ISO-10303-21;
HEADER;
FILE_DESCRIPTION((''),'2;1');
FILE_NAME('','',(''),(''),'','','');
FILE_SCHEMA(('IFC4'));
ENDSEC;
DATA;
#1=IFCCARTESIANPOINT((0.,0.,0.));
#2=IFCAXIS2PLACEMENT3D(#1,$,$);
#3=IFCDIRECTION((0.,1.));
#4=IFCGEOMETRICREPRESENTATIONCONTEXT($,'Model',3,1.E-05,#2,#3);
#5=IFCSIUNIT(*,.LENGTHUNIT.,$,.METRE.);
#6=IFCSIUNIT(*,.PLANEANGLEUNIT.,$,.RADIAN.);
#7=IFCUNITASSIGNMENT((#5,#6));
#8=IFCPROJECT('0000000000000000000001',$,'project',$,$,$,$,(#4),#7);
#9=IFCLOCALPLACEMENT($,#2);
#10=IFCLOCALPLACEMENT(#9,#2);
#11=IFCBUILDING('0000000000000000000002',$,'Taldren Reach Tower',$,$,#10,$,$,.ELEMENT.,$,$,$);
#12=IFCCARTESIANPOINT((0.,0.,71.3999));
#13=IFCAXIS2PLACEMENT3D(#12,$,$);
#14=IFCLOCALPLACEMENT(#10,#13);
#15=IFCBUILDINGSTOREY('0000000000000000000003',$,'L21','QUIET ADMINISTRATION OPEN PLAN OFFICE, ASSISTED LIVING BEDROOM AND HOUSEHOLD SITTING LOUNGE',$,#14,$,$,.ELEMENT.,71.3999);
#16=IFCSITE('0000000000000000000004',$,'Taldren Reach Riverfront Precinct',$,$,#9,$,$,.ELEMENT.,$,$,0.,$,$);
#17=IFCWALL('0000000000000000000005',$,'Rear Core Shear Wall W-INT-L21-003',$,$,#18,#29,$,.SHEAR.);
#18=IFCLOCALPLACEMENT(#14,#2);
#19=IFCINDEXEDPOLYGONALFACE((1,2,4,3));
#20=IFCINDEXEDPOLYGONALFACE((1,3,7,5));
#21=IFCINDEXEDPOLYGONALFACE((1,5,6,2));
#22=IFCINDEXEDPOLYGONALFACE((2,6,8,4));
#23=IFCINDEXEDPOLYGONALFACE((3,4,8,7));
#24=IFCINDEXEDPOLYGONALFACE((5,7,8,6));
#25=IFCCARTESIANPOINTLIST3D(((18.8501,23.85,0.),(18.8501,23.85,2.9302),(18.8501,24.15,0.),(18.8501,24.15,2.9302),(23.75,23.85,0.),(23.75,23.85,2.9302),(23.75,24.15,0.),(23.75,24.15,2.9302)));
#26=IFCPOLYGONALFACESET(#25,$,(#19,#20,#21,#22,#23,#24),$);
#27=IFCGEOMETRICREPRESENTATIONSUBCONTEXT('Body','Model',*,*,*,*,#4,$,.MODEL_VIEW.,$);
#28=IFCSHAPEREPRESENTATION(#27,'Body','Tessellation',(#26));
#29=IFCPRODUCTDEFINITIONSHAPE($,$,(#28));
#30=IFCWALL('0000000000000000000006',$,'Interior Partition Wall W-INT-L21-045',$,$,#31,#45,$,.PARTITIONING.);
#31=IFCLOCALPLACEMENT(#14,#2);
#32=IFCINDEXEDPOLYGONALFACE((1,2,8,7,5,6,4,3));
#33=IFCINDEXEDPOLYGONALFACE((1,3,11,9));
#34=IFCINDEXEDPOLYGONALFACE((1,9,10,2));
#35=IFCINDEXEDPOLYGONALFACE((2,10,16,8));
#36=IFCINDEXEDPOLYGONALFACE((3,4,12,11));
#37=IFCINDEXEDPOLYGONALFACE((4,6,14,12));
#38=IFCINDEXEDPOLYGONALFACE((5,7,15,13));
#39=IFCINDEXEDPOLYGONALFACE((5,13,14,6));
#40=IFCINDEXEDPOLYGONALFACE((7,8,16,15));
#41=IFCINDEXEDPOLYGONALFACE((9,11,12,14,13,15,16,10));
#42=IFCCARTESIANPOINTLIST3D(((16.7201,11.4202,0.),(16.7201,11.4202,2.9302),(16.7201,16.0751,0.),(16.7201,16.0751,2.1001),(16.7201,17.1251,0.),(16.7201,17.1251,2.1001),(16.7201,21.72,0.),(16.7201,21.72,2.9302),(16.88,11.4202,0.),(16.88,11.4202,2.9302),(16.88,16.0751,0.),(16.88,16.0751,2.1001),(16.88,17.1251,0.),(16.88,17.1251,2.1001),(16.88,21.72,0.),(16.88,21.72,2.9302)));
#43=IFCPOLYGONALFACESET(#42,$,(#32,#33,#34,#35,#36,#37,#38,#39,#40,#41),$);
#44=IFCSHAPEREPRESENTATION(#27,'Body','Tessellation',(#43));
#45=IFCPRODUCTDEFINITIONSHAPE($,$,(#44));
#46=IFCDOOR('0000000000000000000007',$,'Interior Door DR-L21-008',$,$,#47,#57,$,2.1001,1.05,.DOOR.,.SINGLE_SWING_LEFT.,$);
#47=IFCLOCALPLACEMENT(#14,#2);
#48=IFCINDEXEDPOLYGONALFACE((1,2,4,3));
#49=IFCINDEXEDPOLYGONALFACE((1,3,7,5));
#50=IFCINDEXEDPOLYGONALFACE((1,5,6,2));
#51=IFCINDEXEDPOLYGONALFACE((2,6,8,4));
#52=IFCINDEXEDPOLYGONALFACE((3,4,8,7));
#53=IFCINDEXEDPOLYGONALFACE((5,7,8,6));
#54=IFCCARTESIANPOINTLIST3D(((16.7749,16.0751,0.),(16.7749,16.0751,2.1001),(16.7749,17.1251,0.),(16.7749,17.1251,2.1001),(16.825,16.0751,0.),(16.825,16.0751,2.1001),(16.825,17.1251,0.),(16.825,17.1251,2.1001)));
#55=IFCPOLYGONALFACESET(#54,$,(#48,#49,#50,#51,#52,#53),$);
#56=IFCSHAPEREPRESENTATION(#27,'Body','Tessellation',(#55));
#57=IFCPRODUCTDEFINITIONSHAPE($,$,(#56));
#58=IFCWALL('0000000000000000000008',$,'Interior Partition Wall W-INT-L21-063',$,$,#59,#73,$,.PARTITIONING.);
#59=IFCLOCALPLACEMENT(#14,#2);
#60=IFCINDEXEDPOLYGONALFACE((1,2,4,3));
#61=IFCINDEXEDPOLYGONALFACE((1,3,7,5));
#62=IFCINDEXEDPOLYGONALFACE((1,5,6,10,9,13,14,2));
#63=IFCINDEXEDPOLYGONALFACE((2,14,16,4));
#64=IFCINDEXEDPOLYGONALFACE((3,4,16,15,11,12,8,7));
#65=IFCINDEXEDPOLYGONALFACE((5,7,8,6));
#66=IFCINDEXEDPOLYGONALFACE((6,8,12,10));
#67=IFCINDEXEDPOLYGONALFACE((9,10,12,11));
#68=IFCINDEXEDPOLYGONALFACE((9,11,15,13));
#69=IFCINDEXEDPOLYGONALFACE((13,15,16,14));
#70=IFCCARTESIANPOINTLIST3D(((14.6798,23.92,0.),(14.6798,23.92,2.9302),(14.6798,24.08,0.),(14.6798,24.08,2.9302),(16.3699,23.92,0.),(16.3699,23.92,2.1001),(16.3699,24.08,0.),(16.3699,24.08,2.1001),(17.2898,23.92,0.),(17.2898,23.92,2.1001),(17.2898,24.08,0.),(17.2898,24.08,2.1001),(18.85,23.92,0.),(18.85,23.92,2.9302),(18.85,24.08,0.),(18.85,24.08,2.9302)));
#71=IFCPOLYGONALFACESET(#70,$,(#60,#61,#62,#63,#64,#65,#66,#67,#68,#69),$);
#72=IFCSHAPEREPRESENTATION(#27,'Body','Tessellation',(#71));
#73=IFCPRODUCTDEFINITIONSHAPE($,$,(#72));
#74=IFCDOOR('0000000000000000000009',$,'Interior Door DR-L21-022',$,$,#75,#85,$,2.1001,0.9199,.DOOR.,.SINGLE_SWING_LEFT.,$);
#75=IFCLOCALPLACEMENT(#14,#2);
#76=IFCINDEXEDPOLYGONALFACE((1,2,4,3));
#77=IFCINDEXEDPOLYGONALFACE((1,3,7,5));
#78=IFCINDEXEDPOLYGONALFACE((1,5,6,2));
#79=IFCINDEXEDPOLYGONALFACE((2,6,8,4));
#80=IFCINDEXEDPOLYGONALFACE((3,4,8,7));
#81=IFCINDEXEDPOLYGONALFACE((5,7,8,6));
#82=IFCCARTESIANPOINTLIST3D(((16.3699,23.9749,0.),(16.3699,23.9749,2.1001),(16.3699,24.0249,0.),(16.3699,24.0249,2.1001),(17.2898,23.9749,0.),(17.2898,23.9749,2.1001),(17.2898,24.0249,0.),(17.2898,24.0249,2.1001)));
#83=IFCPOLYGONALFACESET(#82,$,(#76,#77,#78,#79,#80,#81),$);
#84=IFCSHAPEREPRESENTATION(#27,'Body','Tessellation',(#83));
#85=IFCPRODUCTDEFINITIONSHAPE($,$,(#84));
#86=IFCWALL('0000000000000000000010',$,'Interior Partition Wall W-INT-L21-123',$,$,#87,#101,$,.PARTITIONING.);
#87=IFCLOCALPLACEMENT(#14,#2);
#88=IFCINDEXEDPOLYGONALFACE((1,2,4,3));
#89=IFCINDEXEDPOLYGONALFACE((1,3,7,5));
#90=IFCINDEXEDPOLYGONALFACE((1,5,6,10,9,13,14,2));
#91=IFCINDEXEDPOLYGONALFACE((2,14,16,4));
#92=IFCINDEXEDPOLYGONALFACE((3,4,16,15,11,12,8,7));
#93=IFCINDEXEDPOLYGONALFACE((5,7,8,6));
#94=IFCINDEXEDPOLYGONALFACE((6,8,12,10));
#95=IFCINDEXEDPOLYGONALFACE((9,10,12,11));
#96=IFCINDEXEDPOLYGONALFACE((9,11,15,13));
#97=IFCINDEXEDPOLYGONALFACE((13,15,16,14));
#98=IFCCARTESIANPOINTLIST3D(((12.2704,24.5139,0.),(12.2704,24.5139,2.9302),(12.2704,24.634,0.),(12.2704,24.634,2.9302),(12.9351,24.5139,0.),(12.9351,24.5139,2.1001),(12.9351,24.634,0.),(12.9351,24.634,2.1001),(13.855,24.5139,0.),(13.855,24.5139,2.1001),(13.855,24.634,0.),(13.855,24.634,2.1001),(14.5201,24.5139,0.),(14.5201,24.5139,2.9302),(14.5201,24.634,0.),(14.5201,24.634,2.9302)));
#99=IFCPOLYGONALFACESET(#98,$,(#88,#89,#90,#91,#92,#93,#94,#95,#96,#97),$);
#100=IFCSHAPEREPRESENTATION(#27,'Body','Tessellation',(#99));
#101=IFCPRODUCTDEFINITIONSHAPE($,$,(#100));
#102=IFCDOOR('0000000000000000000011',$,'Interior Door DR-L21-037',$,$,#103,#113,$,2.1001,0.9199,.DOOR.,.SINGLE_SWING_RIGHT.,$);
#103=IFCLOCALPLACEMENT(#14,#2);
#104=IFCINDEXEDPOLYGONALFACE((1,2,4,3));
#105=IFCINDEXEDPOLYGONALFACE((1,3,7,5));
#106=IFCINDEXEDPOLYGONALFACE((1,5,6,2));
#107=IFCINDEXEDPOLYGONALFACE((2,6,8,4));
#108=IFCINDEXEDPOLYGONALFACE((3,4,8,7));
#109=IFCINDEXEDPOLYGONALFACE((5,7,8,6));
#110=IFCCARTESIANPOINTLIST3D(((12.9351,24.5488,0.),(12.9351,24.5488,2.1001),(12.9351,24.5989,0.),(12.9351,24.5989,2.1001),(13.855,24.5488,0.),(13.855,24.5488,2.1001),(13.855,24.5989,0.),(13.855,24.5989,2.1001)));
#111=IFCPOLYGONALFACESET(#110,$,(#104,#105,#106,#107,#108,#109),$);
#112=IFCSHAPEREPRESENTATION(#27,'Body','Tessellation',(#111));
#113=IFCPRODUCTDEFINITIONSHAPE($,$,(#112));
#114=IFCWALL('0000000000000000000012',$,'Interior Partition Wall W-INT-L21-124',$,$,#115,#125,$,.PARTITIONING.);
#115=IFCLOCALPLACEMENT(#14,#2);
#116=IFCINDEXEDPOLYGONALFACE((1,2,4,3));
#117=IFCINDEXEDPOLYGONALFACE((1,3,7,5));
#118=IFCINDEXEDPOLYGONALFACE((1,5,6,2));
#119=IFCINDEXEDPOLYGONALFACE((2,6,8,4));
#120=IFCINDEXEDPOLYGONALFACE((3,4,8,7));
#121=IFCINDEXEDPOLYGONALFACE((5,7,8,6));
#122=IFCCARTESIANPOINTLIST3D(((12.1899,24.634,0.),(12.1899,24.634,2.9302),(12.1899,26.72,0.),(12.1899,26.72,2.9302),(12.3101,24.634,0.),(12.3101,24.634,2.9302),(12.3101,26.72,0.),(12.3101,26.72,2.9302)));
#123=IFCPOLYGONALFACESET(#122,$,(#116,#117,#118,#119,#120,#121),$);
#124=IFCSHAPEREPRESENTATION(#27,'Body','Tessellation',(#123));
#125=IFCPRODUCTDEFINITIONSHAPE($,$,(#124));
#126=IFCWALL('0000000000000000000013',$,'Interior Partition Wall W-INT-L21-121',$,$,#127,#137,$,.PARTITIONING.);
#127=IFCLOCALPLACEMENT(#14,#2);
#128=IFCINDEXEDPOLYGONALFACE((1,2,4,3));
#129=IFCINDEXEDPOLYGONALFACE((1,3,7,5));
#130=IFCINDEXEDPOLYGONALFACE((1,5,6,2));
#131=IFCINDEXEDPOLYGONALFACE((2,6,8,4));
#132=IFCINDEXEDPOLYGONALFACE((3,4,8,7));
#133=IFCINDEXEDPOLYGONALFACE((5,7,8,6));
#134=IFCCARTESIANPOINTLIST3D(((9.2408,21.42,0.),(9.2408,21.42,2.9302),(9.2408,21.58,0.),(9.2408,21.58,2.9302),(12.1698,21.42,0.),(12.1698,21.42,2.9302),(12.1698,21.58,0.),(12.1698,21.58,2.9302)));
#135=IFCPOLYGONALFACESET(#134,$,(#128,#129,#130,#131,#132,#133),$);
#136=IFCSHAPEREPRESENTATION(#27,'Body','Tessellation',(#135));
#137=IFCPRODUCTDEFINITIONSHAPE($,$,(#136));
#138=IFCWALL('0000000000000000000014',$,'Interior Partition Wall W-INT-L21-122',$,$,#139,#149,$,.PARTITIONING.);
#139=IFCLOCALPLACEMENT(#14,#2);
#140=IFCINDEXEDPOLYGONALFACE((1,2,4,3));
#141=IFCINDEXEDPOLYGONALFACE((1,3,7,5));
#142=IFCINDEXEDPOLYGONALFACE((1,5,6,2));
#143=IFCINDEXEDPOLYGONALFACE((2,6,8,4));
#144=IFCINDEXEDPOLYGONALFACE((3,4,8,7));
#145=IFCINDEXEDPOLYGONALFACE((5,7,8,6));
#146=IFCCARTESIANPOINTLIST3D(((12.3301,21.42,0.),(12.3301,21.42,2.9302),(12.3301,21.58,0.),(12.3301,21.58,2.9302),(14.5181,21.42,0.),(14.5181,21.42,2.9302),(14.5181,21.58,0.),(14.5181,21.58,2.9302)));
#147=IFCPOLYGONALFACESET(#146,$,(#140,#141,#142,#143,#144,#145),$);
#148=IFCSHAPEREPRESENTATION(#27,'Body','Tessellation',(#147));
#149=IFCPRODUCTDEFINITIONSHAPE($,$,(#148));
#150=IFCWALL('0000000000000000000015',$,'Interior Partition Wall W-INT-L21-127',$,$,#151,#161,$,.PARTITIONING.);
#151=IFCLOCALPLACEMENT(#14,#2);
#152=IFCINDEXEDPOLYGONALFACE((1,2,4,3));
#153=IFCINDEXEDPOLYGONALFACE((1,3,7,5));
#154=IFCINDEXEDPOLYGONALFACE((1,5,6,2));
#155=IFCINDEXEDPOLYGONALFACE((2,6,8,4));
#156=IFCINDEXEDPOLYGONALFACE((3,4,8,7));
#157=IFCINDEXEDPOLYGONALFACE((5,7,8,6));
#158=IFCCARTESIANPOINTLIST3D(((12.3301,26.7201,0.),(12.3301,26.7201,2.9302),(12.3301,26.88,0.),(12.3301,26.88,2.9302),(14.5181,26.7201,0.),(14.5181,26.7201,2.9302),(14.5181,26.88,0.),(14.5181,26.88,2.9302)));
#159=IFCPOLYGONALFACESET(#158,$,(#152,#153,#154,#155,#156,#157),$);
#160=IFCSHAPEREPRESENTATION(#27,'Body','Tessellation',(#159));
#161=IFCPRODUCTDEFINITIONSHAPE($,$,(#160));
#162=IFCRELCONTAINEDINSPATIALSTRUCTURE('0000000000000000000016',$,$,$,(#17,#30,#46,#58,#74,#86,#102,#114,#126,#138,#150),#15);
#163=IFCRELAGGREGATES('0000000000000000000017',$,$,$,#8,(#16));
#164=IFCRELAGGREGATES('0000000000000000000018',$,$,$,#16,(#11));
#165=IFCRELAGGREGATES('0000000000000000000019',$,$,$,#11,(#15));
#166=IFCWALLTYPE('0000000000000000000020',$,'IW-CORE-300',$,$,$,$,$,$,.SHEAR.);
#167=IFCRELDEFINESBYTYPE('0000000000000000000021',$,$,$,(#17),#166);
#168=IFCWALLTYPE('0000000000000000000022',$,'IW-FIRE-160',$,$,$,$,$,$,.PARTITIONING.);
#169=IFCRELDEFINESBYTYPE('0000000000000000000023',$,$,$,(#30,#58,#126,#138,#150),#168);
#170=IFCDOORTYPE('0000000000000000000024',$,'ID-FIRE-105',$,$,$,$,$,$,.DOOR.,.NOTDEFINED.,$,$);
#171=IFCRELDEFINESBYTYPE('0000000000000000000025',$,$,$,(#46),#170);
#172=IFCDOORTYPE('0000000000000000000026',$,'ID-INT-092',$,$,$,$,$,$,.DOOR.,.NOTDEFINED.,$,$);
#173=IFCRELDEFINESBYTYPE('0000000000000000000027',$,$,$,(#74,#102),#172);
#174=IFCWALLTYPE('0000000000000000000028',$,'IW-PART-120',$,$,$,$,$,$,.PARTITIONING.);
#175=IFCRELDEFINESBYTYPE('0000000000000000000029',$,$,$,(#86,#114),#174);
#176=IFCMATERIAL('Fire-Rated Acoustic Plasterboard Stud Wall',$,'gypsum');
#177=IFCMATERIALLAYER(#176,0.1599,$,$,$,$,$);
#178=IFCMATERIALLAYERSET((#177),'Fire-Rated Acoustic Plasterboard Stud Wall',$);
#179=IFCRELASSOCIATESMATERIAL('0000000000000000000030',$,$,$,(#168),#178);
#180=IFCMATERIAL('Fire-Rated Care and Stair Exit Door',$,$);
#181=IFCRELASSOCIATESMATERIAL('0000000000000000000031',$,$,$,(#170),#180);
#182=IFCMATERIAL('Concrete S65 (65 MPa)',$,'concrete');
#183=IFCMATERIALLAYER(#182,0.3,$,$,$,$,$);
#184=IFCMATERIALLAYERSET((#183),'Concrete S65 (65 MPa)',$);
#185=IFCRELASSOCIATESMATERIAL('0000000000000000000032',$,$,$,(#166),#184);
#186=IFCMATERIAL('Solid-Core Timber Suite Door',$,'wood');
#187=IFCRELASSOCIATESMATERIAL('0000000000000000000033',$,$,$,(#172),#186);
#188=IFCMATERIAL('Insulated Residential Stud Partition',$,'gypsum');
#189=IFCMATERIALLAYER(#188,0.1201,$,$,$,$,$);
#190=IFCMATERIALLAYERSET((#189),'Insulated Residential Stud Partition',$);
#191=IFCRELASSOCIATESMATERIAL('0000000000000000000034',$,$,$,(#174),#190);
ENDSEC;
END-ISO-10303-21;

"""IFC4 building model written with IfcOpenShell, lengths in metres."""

from ifc_helpers import new_model, si_unit, direction, frame, frame_2d, origin, place, context, subcontext, project, spatial, rectangle, extrude, source, transform, mapped, material, layer, layer_set, type_object, element, fill, save


model = new_model("IFC4")

# Units and contexts
model_context = context("Model", 3, precision=1e-05, world=origin(), true_north=direction((0.0, 1.0)))
body_context = subcontext(model_context, "Body", "Model", "MODEL_VIEW")
ifc_project = project(units=[si_unit("LENGTHUNIT", "METRE"), si_unit("PLANEANGLEUNIT", "RADIAN")], contexts=[model_context])

# Site, building, storey
site_placement = place(None, origin())
site = spatial("IfcSite", under=ifc_project, at=site_placement, Name="Taldren Reach Riverfront Precinct", CompositionType="ELEMENT", RefElevation=0.0)
building_placement = place(site_placement, origin())
building = spatial("IfcBuilding", under=site, at=building_placement, Name="Taldren Reach Tower", CompositionType="ELEMENT")
storey_placement = place(building_placement, frame((0.0, 0.0, 71.3999)))
storey = spatial("IfcBuildingStorey", under=building, at=storey_placement, Name="L21", Description="QUIET ADMINISTRATION OPEN PLAN OFFICE, ASSISTED LIVING BEDROOM AND HOUSEHOLD SITTING LOUNGE", CompositionType="ELEMENT", Elevation=71.3999)

# Shared definitions
ifc_material_1 = material(Name="Concrete S65 (65 MPa)", Category="concrete")

# Shared definitions
ifc_material_2 = material(Name="Fire-Rated Acoustic Plasterboard Stud Wall", Category="gypsum")
ifc_layer_1 = layer(ifc_material_2, 0.1599)
ifc_layer_set_1 = layer_set([ifc_layer_1], Name="Fire-Rated Acoustic Plasterboard Stud Wall")
wall_type_1 = type_object("IfcWallType", Name="IW-FIRE-160", PredefinedType="PARTITIONING", material=ifc_layer_set_1)
shared_shape_1 = source(origin(), body_context, "Body", "SweptSolid", [
    extrude(rectangle(XDim=1.05, YDim=2.1001, at=frame_2d((0.5249, 1.05))), frame((0.0, 0.0898, 0.0), z_axis=(0.0, -1.0, 0.0), x_axis=(1.0, 0.0, 0.0)), (0.0, 0.0, 1.0), 0.1799),
])
ifc_material_3 = material(Name="Fire-Rated Care and Stair Exit Door")
door_type_1 = type_object("IfcDoorType", Name="ID-FIRE-105", OperationType="NOTDEFINED", PredefinedType="DOOR", material=ifc_material_3)
shared_shape_2 = source(origin(), body_context, "Body", "SweptSolid", [
    extrude(rectangle(XDim=1.05, YDim=2.1001, at=frame_2d((0.5249, 1.05))), frame((0.0, 0.0249, 0.0), z_axis=(0.0, -1.0, 0.0), x_axis=(1.0, 0.0, 0.0)), (0.0, 0.0, 1.0), 0.05),
])

# Wall
ifc_layer_2 = layer(ifc_material_1, 0.3)
ifc_layer_set_2 = layer_set([ifc_layer_2], Name="Concrete S65 (65 MPa)")
wall_type_2 = type_object("IfcWallType", Name="IW-CORE-300", PredefinedType="SHEAR", material=ifc_layer_set_2)
shared_shape_3 = source(origin(), body_context, "Body", "SweptSolid", [
    extrude(rectangle(XDim=4.8999, YDim=0.3, at=frame_2d((2.45, 0.0))), origin(), (0.0, 0.0, 1.0), 2.9302),
])
wall_1_placement = place(storey_placement, frame((18.8501, 24.0, 0.0), z_axis=(0.0, 0.0, 1.0), x_axis=(1.0, 0.0, 0.0)))
element("IfcWall", 1, at=wall_1_placement, inside=storey, type_object=wall_type_2, Name="Rear Core Shear Wall W-INT-L21-003", PredefinedType="SHEAR", context=body_context, shape_type="MappedRepresentation", body=[
    mapped(shared_shape_3, transform((0.0, 0.0, 0.0), scale=1.0)),
])

# Walls, openings, doors
shared_shape_4 = source(origin(), body_context, "Body", "SweptSolid", [
    extrude(rectangle(XDim=10.2998, YDim=0.1599, at=frame_2d((5.1499, 0.0))), origin(), (0.0, 0.0, 1.0), 2.9302),
])
wall_2_placement = place(storey_placement, frame((16.8, 21.72, 0.0), z_axis=(0.0, 0.0, 1.0), x_axis=(0.0, -1.0, 0.0)))
wall_2 = element("IfcWall", 2, at=wall_2_placement, inside=storey, type_object=wall_type_1, Name="Interior Partition Wall W-INT-L21-045", PredefinedType="PARTITIONING", context=body_context, shape_type="MappedRepresentation", body=[
    mapped(shared_shape_4, transform((0.0, 0.0, 0.0), scale=1.0)),
])
opening_1_placement = place(wall_2_placement, frame((4.595, 0.0, 0.0)))
opening_1 = element("IfcOpeningElement", 3, at=opening_1_placement, cuts=wall_2, PredefinedType="OPENING", context=body_context, shape_type="MappedRepresentation", body=[
    mapped(shared_shape_1, transform((0.0, 0.0, 0.0), scale=1.0)),
])
door_1_placement = place(opening_1_placement, origin())
door_1 = element("IfcDoor", 4, at=door_1_placement, inside=storey, type_object=door_type_1, Name="Interior Door DR-L21-008", OperationType="SINGLE_SWING_LEFT", OverallHeight=2.1001, OverallWidth=1.05, PredefinedType="DOOR", context=body_context, shape_type="MappedRepresentation", body=[
    mapped(shared_shape_2, transform((0.0, 0.0, 0.0), scale=1.0)),
])
fill(opening_1, door_1)
shared_shape_5 = source(origin(), body_context, "Body", "SweptSolid", [
    extrude(rectangle(XDim=4.1702, YDim=0.1599, at=frame_2d((2.085, 0.0))), origin(), (0.0, 0.0, 1.0), 2.9302),
])
wall_3_placement = place(storey_placement, frame((14.6799, 24.0, 0.0), z_axis=(0.0, 0.0, 1.0), x_axis=(1.0, 0.0, 0.0)))
wall_3 = element("IfcWall", 5, at=wall_3_placement, inside=storey, type_object=wall_type_1, Name="Interior Partition Wall W-INT-L21-063", PredefinedType="PARTITIONING", context=body_context, shape_type="MappedRepresentation", body=[
    mapped(shared_shape_5, transform((0.0, 0.0, 0.0), scale=1.0)),
])
shared_shape_6 = source(origin(), body_context, "Body", "SweptSolid", [
    extrude(rectangle(XDim=0.9199, YDim=2.1001, at=frame_2d((0.46, 1.05))), frame((0.0, 0.0898, 0.0), z_axis=(0.0, -1.0, 0.0), x_axis=(1.0, 0.0, 0.0)), (0.0, 0.0, 1.0), 0.1799),
])
opening_2_placement = place(wall_3_placement, frame((1.6899, 0.0, 0.0)))
opening_2 = element("IfcOpeningElement", 6, at=opening_2_placement, cuts=wall_3, PredefinedType="OPENING", context=body_context, shape_type="MappedRepresentation", body=[
    mapped(shared_shape_6, transform((0.0, 0.0, 0.0), scale=1.0)),
])
ifc_material_4 = material(Name="Solid-Core Timber Suite Door", Category="wood")
door_type_2 = type_object("IfcDoorType", Name="ID-INT-092", OperationType="NOTDEFINED", PredefinedType="DOOR", material=ifc_material_4)
shared_shape_7 = source(origin(), body_context, "Body", "SweptSolid", [
    extrude(rectangle(XDim=0.9199, YDim=2.1001, at=frame_2d((0.46, 1.05))), frame((0.0, 0.0249, 0.0), z_axis=(0.0, -1.0, 0.0), x_axis=(1.0, 0.0, 0.0)), (0.0, 0.0, 1.0), 0.05),
])
door_2_placement = place(opening_2_placement, origin())
door_2 = element("IfcDoor", 7, at=door_2_placement, inside=storey, type_object=door_type_2, Name="Interior Door DR-L21-022", OperationType="SINGLE_SWING_LEFT", OverallHeight=2.1001, OverallWidth=0.9199, PredefinedType="DOOR", context=body_context, shape_type="MappedRepresentation", body=[
    mapped(shared_shape_7, transform((0.0, 0.0, 0.0), scale=1.0)),
])
fill(opening_2, door_2)
ifc_material_5 = material(Name="Insulated Residential Stud Partition", Category="gypsum")
ifc_layer_3 = layer(ifc_material_5, 0.1201)
ifc_layer_set_3 = layer_set([ifc_layer_3], Name="Insulated Residential Stud Partition")
wall_type_3 = type_object("IfcWallType", Name="IW-PART-120", PredefinedType="PARTITIONING", material=ifc_layer_set_3)
shared_shape_8 = source(origin(), body_context, "Body", "SweptSolid", [
    extrude(rectangle(XDim=2.2498, YDim=0.1201, at=frame_2d((1.125, 0.0))), origin(), (0.0, 0.0, 1.0), 2.9302),
])
wall_4_placement = place(storey_placement, frame((12.2703, 24.574, 0.0), z_axis=(0.0, 0.0, 1.0), x_axis=(1.0, 0.0, 0.0)))
wall_4 = element("IfcWall", 8, at=wall_4_placement, inside=storey, type_object=wall_type_3, Name="Interior Partition Wall W-INT-L21-123", PredefinedType="PARTITIONING", context=body_context, shape_type="MappedRepresentation", body=[
    mapped(shared_shape_8, transform((0.0, 0.0, 0.0), scale=1.0)),
])
shared_shape_9 = source(origin(), body_context, "Body", "SweptSolid", [
    extrude(rectangle(XDim=0.9199, YDim=2.1001, at=frame_2d((0.46, 1.05))), frame((0.0, 0.0701, 0.0), z_axis=(0.0, -1.0, 0.0), x_axis=(1.0, 0.0, 0.0)), (0.0, 0.0, 1.0), 0.1401),
])
opening_3_placement = place(wall_4_placement, frame((0.6648, 0.0, 0.0)))
opening_3 = element("IfcOpeningElement", 9, at=opening_3_placement, cuts=wall_4, PredefinedType="OPENING", context=body_context, shape_type="MappedRepresentation", body=[
    mapped(shared_shape_9, transform((0.0, 0.0, 0.0), scale=1.0)),
])
door_3_placement = place(opening_3_placement, origin())
door_3 = element("IfcDoor", 10, at=door_3_placement, inside=storey, type_object=door_type_2, Name="Interior Door DR-L21-037", OperationType="SINGLE_SWING_RIGHT", OverallHeight=2.1001, OverallWidth=0.9199, PredefinedType="DOOR", context=body_context, shape_type="MappedRepresentation", body=[
    mapped(shared_shape_7, transform((0.0, 0.0, 0.0), scale=1.0)),
])
fill(opening_3, door_3)

# Walls
shared_shape_10 = source(origin(), body_context, "Body", "SweptSolid", [
    extrude(rectangle(XDim=2.0859, YDim=0.1201, at=frame_2d((1.043, 0.0))), origin(), (0.0, 0.0, 1.0), 2.9302),
])
wall_5_placement = place(storey_placement, frame((12.25, 26.72, 0.0), z_axis=(0.0, 0.0, 1.0), x_axis=(0.0, -1.0, 0.0)))
element("IfcWall", 11, at=wall_5_placement, inside=storey, type_object=wall_type_3, Name="Interior Partition Wall W-INT-L21-124", PredefinedType="PARTITIONING", context=body_context, shape_type="MappedRepresentation", body=[
    mapped(shared_shape_10, transform((0.0, 0.0, 0.0), scale=1.0)),
])
shared_shape_11 = source(origin(), body_context, "Body", "SweptSolid", [
    extrude(rectangle(XDim=2.929, YDim=0.1599, at=frame_2d((1.4644, 0.0))), origin(), (0.0, 0.0, 1.0), 2.9302),
])
wall_6_placement = place(storey_placement, frame((9.241, 21.5, 0.0), z_axis=(0.0, 0.0, 1.0), x_axis=(1.0, 0.0, 0.0)))
element("IfcWall", 12, at=wall_6_placement, inside=storey, type_object=wall_type_1, Name="Interior Partition Wall W-INT-L21-121", PredefinedType="PARTITIONING", context=body_context, shape_type="MappedRepresentation", body=[
    mapped(shared_shape_11, transform((0.0, 0.0, 0.0), scale=1.0)),
])
shared_shape_12 = source(origin(), body_context, "Body", "SweptSolid", [
    extrude(rectangle(XDim=2.188, YDim=0.1599, at=frame_2d((1.094, 0.0))), origin(), (0.0, 0.0, 1.0), 2.9302),
])
for number, where, z_axis, x_axis, name in (
    (13, (12.3301, 21.5, 0.0), (0.0, 0.0, 1.0), (1.0, 0.0, 0.0), "Interior Partition Wall W-INT-L21-122"),
    (14, (12.3301, 26.8, 0.0), (0.0, 0.0, 1.0), (1.0, 0.0, 0.0), "Interior Partition Wall W-INT-L21-127"),
):
    element("IfcWall", number, at=place(storey_placement, frame(where, z_axis=z_axis, x_axis=x_axis)), inside=storey, type_object=wall_type_1, Name=name, PredefinedType="PARTITIONING", context=body_context, shape_type="MappedRepresentation", body=[
        mapped(shared_shape_12, transform((0.0, 0.0, 0.0), scale=1.0)),
    ])

save(model, "model.ifc")
